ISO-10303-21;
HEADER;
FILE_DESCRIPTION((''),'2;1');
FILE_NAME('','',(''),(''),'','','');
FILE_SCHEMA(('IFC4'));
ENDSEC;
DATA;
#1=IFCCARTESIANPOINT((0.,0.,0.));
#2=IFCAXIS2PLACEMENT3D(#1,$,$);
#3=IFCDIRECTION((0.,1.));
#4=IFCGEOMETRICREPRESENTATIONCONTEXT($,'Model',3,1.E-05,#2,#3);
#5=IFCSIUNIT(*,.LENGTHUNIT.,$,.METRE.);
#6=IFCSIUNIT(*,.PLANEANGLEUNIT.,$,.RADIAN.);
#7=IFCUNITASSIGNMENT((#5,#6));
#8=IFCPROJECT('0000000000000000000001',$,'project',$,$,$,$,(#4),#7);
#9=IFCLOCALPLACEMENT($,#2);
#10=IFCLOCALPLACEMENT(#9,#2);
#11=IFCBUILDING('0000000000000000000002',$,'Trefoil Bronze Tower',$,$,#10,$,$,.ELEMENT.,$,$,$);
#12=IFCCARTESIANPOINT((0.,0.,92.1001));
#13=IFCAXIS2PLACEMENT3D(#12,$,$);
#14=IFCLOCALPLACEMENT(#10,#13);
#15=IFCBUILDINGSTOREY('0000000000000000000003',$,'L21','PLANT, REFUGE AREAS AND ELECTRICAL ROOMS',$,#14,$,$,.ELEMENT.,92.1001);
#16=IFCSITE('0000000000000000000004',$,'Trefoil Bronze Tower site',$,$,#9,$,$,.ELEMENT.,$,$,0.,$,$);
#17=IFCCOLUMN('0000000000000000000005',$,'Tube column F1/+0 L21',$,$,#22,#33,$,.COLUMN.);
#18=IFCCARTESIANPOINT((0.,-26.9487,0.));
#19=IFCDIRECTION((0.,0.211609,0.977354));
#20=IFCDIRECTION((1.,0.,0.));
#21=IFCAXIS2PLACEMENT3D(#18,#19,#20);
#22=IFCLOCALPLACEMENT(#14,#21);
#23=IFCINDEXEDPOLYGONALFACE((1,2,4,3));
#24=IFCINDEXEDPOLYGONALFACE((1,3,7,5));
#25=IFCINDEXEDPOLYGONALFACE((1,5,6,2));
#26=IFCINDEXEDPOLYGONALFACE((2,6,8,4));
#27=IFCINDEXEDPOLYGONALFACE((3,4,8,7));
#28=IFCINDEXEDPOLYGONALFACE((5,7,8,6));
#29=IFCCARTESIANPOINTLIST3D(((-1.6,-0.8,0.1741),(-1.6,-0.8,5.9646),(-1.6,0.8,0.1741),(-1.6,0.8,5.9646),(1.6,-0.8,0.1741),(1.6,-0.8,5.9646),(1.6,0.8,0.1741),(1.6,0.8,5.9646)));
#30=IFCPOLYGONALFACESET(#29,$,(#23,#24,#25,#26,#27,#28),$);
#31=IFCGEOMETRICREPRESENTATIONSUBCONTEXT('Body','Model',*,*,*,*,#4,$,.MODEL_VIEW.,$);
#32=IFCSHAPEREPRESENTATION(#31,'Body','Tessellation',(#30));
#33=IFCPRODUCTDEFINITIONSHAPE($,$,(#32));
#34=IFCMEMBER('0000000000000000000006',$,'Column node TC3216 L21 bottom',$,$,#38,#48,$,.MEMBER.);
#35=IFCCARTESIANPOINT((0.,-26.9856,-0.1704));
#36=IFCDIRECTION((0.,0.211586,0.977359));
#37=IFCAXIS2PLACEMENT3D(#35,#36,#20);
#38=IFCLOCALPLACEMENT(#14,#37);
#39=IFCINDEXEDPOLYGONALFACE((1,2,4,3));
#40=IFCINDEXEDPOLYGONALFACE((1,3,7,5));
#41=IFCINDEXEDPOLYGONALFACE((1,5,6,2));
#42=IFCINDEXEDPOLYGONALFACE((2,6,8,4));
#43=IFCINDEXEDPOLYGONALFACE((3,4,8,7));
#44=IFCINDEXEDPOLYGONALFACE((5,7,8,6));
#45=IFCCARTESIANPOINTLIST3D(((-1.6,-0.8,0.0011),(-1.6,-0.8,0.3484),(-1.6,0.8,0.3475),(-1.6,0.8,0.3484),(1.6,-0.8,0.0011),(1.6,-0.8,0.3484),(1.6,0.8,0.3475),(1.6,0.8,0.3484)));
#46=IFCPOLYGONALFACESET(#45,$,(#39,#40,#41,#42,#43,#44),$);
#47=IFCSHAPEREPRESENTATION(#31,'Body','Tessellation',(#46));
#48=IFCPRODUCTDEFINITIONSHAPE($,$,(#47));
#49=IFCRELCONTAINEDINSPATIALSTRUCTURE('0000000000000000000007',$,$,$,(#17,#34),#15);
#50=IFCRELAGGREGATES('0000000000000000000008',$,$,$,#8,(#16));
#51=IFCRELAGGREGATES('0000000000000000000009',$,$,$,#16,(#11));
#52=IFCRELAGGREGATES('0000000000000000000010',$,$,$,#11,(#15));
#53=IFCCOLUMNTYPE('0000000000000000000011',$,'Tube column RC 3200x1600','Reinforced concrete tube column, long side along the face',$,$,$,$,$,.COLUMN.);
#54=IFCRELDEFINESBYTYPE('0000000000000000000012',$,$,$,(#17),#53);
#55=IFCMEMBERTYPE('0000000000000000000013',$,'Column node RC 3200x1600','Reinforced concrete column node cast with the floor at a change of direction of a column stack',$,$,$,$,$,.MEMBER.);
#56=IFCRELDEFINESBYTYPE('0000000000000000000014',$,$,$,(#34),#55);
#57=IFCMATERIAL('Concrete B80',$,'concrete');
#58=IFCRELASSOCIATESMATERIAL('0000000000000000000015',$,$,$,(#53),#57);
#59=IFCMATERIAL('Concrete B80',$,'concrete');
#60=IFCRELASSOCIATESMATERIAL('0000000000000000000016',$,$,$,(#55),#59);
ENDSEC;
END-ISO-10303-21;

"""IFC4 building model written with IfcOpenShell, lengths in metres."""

from ifc_helpers import new_model, si_unit, direction, frame, origin, origin_2d, place, context, subcontext, project, spatial, rectangle, extrude, clip, halfspace, material, material_profile, profile_set, type_object, element, save


model = new_model("IFC4")

# Units and contexts
model_context = context("Model", 3, precision=1e-05, world=origin(), true_north=direction((0.0, 1.0)))
body_context = subcontext(model_context, "Body", "Model", "MODEL_VIEW")
ifc_project = project(units=[si_unit("LENGTHUNIT", "METRE"), si_unit("PLANEANGLEUNIT", "RADIAN")], contexts=[model_context])

# Site, building, storey
site_placement = place(None, origin())
site = spatial("IfcSite", under=ifc_project, at=site_placement, Name="Trefoil Bronze Tower site", CompositionType="ELEMENT", RefElevation=0.0)
building_placement = place(site_placement, origin())
building = spatial("IfcBuilding", under=site, at=building_placement, Name="Trefoil Bronze Tower", CompositionType="ELEMENT")
storey_placement = place(building_placement, frame((0.0, 0.0, 92.1001)))
storey = spatial("IfcBuildingStorey", under=building, at=storey_placement, Name="L21", Description="PLANT, REFUGE AREAS AND ELECTRICAL ROOMS", CompositionType="ELEMENT", Elevation=92.1001)

# Column
ifc_material_1 = material(Name="Concrete B80", Category="concrete")
ifc_material_profile_1 = material_profile(ifc_material_1, rectangle(XDim=3.2, YDim=1.6001, at=origin_2d()), Name="RC 3200x1600")
ifc_profile_set_1 = profile_set([ifc_material_profile_1], Name="Concrete B80")
column_type = type_object("IfcColumnType", Name="Tube column RC 3200x1600", Description="Reinforced concrete tube column, long side along the face", PredefinedType="COLUMN", material=ifc_profile_set_1)
column_1_placement = place(storey_placement, frame((0.0, -26.9487, 0.0), z_axis=(0.0, 0.211609, 0.977354), x_axis=(1.0, 0.0, 0.0)))
element("IfcColumn", 1, at=column_1_placement, inside=storey, type_object=column_type, Name="Tube column F1/+0 L21", PredefinedType="COLUMN", context=body_context, shape_type="Clipping", body=[
    clip(clip(extrude(rectangle(XDim=3.2, YDim=1.6001, at=origin_2d()), origin(), (0.0, 0.0, 1.0), 6.1389), halfspace(frame((0.0, 0.0, 0.1741), z_axis=(0.0, -0.000005, 1.0), x_axis=(0.0, 1.0, 0.000005)), True)), halfspace(frame((0.0, 0.0, 5.9646), z_axis=(0.0, 0.000005, -1.0), x_axis=(0.0, -1.0, -0.000005)), True)),
])

# Member
ifc_material_2 = material(Name="Concrete B80", Category="concrete")
ifc_material_profile_2 = material_profile(ifc_material_2, rectangle(XDim=3.2, YDim=1.6001, at=origin_2d()), Name="RC 3200x1600")
ifc_profile_set_2 = profile_set([ifc_material_profile_2], Name="Concrete B80")
member_type_1 = type_object("IfcMemberType", Name="Column node RC 3200x1600", Description="Reinforced concrete column node cast with the floor at a change of direction of a column stack", PredefinedType="MEMBER", material=ifc_profile_set_2)
member_1_placement = place(storey_placement, frame((0.0, -26.9856, -0.1704), z_axis=(0.0, 0.211586, 0.977359), x_axis=(1.0, 0.0, 0.0)))
element("IfcMember", 2, at=member_1_placement, inside=storey, type_object=member_type_1, Name="Column node TC3216 L21 bottom", PredefinedType="MEMBER", context=body_context, shape_type="Clipping", body=[
    clip(extrude(rectangle(XDim=3.2, YDim=1.6001, at=origin_2d()), origin(), (0.0, 0.0, 1.0), 0.3484), halfspace(frame((0.0, 0.0, 0.1743), z_axis=(0.0, -0.211586, 0.977359), x_axis=(0.0, 0.977359, 0.211586)), True)),
])

save(model, "model.ifc")
